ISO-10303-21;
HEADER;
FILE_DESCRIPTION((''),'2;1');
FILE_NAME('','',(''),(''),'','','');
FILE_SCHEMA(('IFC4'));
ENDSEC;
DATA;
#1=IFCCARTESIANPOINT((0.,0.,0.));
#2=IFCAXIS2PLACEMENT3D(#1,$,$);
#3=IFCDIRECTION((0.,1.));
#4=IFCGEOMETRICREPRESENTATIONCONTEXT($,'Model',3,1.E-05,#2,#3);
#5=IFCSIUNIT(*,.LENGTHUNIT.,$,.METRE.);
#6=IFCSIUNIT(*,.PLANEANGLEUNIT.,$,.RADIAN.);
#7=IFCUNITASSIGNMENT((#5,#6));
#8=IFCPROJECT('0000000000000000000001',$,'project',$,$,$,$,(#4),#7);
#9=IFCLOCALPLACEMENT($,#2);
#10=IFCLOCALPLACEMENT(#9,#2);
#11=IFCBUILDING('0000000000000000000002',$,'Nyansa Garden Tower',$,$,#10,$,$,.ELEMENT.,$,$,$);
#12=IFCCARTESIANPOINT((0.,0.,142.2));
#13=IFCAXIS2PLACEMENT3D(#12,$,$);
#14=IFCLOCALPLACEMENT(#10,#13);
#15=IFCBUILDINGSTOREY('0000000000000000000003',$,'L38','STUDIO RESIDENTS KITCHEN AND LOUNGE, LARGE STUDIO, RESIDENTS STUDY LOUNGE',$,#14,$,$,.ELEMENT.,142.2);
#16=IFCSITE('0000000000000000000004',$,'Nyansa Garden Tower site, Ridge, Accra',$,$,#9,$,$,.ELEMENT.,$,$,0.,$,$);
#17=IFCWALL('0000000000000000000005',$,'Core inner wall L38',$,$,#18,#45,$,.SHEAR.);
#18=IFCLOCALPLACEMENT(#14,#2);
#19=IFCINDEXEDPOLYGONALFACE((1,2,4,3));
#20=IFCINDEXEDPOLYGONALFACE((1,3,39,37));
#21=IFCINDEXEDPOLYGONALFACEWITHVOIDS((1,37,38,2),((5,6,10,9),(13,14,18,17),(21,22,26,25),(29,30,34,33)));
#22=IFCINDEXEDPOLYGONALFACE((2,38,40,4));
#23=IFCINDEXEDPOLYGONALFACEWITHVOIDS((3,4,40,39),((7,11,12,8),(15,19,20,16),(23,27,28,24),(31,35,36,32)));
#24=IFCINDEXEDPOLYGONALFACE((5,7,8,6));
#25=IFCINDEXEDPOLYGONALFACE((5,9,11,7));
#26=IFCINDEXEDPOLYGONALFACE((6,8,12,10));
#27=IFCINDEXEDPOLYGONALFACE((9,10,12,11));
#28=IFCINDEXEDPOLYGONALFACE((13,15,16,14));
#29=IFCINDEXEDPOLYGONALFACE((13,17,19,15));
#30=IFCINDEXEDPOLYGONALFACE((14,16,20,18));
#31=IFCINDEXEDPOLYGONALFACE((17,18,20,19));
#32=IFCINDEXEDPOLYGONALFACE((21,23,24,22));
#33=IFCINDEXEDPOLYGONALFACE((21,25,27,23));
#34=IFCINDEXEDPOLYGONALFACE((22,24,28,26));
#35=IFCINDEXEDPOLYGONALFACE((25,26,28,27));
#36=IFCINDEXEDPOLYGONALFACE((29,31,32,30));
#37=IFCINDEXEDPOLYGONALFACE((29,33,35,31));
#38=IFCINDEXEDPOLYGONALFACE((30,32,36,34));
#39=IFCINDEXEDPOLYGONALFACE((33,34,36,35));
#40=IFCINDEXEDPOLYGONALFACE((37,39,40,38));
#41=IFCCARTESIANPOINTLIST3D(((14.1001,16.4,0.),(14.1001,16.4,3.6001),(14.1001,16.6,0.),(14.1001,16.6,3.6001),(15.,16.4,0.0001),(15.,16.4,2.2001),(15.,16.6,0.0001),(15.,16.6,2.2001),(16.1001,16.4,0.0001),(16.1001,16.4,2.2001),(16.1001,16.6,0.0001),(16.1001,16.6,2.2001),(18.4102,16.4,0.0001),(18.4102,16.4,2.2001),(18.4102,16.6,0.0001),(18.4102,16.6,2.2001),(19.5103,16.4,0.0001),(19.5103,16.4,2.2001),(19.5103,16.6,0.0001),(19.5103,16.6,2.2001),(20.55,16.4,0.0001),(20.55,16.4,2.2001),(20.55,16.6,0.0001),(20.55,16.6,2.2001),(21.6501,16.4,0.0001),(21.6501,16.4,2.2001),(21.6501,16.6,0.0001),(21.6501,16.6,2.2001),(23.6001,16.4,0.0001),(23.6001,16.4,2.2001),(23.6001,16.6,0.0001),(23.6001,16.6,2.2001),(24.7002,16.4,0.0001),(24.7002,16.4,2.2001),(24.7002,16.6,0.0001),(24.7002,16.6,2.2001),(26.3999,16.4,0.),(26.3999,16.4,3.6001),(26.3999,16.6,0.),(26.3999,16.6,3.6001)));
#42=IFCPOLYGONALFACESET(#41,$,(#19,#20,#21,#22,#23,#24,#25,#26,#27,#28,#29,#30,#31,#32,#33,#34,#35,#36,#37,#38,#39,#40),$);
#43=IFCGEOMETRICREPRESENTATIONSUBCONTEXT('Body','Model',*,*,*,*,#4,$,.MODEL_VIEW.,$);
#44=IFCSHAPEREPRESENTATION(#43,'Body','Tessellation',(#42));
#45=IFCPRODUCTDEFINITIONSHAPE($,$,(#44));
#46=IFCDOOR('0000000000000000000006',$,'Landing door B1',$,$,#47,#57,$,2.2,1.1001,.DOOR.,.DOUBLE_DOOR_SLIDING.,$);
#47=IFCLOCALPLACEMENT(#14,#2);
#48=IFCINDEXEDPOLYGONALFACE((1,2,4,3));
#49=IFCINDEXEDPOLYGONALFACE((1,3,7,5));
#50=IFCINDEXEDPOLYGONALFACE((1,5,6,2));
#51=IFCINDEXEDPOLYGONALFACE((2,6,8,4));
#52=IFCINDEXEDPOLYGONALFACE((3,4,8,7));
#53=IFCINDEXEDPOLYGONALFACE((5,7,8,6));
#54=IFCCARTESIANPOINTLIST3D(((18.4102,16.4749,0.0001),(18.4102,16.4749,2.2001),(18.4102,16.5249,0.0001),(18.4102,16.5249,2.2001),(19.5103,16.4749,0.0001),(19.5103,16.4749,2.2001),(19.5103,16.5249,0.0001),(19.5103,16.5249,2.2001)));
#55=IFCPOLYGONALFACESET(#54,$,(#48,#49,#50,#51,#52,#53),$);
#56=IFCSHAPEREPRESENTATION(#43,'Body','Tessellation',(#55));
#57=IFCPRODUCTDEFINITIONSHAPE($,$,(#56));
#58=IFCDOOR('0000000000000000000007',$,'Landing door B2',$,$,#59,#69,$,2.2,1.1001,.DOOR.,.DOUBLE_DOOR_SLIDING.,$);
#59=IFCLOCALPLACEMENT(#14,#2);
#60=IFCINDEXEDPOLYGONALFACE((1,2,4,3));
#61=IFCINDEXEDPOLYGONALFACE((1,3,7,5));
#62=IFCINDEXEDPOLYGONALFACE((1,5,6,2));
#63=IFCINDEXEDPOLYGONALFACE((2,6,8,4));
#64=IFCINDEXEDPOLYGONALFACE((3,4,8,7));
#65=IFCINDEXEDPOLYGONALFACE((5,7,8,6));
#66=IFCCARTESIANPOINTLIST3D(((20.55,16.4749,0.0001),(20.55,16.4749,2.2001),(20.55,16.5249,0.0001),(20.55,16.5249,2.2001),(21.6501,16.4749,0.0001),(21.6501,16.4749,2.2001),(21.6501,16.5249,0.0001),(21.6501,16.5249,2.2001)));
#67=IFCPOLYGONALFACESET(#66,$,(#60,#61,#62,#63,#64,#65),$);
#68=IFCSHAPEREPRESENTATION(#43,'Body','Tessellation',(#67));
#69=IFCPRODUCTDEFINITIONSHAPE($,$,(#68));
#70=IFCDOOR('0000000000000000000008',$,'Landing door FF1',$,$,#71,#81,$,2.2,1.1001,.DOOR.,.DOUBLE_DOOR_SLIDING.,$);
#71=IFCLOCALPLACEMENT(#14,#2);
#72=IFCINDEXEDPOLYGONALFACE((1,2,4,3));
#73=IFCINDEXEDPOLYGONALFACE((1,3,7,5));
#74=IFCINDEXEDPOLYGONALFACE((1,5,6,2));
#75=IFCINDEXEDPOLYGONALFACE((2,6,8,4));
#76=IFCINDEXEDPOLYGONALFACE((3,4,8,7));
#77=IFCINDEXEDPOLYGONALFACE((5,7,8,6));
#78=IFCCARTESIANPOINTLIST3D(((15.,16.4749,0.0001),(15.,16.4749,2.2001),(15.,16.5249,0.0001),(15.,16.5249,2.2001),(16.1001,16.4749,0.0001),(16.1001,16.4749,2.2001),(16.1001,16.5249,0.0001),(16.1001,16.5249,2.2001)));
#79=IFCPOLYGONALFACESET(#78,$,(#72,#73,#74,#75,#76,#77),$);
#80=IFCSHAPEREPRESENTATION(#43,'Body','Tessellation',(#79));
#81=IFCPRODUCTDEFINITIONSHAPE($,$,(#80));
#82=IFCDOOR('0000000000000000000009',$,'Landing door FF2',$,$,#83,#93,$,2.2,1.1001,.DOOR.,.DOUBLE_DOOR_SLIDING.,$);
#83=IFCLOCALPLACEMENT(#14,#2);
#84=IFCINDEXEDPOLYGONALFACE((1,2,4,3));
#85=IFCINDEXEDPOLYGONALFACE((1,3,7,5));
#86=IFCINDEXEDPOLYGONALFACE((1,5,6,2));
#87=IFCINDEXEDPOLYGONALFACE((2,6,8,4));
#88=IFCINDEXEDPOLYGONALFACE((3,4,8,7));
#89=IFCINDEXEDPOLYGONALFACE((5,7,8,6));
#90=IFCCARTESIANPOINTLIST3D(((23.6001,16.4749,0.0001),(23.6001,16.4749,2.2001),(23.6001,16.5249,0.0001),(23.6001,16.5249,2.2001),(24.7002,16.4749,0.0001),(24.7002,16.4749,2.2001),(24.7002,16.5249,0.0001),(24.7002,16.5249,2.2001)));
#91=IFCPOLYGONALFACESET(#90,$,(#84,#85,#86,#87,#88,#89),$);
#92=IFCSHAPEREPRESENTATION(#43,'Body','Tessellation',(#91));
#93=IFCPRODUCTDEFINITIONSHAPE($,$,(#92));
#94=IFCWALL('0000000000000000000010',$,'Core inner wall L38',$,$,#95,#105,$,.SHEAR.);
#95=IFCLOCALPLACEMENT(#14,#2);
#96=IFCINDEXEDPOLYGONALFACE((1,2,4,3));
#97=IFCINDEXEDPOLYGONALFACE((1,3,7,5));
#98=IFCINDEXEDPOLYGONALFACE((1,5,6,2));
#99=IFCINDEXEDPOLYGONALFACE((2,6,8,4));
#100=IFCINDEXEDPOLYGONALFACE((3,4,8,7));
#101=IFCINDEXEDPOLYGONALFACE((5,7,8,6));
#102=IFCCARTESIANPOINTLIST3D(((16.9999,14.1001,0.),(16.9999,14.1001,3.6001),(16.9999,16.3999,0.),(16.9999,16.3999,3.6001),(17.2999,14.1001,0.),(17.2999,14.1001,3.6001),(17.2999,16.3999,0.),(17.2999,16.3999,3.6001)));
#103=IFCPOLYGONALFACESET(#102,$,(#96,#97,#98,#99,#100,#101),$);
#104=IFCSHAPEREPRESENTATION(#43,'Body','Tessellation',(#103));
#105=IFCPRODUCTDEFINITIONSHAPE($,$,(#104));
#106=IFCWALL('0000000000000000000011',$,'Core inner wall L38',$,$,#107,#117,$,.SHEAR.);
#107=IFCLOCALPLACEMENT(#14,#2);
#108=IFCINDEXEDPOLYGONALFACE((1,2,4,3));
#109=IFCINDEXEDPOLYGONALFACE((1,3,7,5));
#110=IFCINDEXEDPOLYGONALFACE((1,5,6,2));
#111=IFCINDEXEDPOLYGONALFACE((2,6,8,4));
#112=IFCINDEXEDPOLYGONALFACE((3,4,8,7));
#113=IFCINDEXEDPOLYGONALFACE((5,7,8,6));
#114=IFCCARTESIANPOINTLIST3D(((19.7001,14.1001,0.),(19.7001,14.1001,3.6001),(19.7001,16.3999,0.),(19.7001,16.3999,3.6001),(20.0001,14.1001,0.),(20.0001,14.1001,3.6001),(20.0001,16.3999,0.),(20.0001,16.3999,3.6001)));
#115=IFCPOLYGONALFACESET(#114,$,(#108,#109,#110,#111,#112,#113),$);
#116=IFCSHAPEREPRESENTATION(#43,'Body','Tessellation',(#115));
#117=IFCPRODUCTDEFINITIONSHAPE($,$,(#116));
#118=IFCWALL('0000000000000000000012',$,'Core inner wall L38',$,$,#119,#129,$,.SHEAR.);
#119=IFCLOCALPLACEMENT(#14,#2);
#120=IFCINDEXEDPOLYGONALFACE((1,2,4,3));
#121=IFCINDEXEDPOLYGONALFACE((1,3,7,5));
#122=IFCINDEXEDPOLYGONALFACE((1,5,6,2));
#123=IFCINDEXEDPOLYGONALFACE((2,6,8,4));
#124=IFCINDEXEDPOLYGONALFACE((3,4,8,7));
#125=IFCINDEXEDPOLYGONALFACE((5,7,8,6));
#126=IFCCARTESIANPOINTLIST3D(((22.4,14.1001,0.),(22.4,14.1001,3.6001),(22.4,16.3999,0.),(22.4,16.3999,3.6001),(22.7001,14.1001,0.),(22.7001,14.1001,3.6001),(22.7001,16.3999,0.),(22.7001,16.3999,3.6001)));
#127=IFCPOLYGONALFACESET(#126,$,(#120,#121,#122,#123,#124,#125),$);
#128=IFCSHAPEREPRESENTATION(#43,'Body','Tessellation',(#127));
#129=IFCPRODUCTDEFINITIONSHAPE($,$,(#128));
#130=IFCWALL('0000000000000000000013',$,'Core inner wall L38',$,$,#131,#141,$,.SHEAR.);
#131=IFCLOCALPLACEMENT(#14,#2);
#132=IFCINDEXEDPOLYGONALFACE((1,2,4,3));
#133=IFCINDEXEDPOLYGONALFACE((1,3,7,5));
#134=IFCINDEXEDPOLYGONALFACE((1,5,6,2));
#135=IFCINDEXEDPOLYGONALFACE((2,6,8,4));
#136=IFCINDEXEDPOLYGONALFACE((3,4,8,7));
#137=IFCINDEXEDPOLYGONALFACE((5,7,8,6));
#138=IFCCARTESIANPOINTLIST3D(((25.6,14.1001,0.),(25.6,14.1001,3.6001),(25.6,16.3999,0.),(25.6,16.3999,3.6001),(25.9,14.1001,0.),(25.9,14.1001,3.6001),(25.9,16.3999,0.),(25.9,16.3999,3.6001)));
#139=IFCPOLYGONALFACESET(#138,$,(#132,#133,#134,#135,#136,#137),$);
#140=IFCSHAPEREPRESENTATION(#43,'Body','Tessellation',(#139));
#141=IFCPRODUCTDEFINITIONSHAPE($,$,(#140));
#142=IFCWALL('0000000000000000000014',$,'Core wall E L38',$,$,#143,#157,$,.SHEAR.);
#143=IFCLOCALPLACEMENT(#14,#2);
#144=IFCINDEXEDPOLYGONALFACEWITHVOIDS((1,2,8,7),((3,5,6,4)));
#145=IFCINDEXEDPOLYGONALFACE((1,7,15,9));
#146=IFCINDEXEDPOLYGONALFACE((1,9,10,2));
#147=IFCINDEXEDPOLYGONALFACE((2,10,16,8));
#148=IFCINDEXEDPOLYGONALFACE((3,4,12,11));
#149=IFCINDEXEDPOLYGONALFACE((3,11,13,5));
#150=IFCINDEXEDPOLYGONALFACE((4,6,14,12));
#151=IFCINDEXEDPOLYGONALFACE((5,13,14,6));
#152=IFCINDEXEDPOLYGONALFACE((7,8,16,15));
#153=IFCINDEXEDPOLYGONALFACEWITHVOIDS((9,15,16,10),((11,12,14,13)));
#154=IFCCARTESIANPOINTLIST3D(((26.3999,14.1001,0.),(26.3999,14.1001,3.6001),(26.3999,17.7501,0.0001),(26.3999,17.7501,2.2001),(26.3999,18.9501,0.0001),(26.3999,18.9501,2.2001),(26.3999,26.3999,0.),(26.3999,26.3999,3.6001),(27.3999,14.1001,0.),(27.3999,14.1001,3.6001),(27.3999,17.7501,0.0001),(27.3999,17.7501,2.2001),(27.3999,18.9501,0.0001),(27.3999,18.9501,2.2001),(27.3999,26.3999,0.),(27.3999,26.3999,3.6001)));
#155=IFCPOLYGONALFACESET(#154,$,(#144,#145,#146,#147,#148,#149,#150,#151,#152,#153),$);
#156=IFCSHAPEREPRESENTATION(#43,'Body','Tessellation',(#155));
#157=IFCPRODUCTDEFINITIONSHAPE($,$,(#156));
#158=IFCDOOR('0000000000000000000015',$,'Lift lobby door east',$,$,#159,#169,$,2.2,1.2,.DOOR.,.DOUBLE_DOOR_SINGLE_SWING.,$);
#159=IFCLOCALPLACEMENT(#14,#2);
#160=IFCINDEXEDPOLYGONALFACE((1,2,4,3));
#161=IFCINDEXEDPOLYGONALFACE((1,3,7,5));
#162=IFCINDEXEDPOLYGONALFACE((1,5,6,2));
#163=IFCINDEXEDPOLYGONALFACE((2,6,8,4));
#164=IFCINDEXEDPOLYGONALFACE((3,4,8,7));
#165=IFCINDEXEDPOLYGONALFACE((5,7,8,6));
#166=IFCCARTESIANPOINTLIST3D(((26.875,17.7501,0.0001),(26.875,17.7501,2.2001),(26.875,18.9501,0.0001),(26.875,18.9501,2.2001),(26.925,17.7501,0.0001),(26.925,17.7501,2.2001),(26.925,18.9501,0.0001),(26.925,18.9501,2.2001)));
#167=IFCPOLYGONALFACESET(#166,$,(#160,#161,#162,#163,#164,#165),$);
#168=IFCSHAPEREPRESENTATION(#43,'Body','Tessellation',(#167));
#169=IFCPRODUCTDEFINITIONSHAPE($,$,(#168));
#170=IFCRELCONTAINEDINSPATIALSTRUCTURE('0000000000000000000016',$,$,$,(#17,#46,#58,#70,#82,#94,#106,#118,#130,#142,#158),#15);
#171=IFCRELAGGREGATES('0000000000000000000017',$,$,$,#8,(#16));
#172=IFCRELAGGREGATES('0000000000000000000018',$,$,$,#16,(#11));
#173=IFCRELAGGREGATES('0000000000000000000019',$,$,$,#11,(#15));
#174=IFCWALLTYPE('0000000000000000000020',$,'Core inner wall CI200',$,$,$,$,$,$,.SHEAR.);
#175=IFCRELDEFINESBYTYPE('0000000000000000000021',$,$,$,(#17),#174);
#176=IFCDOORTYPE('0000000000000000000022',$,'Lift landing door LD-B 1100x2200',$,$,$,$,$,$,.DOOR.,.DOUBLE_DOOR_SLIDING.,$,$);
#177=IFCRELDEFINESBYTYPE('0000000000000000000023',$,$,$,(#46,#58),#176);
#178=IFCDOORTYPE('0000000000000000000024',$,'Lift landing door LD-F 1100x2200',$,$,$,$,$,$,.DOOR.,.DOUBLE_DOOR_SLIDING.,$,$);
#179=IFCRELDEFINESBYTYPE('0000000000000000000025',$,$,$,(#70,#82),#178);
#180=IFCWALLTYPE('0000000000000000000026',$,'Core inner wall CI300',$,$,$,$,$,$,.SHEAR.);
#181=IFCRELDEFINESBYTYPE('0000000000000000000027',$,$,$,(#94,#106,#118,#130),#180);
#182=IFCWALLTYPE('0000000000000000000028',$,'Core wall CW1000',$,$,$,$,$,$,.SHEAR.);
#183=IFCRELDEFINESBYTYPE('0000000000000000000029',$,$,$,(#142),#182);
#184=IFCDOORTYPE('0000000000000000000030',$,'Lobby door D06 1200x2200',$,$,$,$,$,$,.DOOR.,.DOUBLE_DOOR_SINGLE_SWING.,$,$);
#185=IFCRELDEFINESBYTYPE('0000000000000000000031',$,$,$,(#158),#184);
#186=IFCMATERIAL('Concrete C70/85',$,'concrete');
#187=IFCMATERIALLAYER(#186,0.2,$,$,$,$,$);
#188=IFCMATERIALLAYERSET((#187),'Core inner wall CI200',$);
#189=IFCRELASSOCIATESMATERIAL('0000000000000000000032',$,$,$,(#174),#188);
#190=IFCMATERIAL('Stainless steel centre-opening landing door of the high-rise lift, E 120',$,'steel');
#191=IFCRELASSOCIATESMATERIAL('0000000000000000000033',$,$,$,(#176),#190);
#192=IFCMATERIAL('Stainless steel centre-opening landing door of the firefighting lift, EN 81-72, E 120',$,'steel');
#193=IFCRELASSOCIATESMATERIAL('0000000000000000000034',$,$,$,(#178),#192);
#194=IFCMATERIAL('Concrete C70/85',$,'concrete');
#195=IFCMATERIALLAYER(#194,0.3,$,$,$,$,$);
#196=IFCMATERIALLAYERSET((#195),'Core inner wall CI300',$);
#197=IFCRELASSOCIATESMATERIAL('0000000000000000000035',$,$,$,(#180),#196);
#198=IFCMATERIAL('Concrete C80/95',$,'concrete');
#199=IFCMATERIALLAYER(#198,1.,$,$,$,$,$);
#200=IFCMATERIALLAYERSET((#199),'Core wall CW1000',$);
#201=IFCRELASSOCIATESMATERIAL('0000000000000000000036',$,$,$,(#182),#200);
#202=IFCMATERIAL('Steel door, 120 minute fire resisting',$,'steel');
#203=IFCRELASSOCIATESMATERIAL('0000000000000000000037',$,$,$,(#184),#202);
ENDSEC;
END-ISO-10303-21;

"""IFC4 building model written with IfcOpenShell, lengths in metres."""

from ifc_helpers import new_model, si_unit, direction, frame, frame_2d, origin, place, context, subcontext, project, spatial, rectangle, extrude, material, layer, layer_set, type_object, element, fill, save


model = new_model("IFC4")

# Units and contexts
model_context = context("Model", 3, precision=1e-05, world=origin(), true_north=direction((0.0, 1.0)))
body_context = subcontext(model_context, "Body", "Model", "MODEL_VIEW")
ifc_project = project(units=[si_unit("LENGTHUNIT", "METRE"), si_unit("PLANEANGLEUNIT", "RADIAN")], contexts=[model_context])

# Site, building, storey
site_placement = place(None, origin())
site = spatial("IfcSite", under=ifc_project, at=site_placement, Name="Nyansa Garden Tower site, Ridge, Accra", CompositionType="ELEMENT", RefElevation=0.0)
building_placement = place(site_placement, origin())
building = spatial("IfcBuilding", under=site, at=building_placement, Name="Nyansa Garden Tower", CompositionType="ELEMENT")
storey_placement = place(building_placement, frame((0.0, 0.0, 142.2)))
storey = spatial("IfcBuildingStorey", under=building, at=storey_placement, Name="L38", Description="STUDIO RESIDENTS KITCHEN AND LOUNGE, LARGE STUDIO, RESIDENTS STUDY LOUNGE", CompositionType="ELEMENT", Elevation=142.2)

# Wall, openings, doors
ifc_material_1 = material(Name="Concrete C70/85", Category="concrete")
ifc_layer_1 = layer(ifc_material_1, 0.2)
ifc_layer_set_1 = layer_set([ifc_layer_1], Name="Core inner wall CI200")
wall_type_1 = type_object("IfcWallType", Name="Core inner wall CI200", PredefinedType="SHEAR", material=ifc_layer_set_1)
wall_1_placement = place(storey_placement, frame((14.1001, 16.5, 0.0), z_axis=(0.0, 0.0, 1.0), x_axis=(1.0, 0.0, 0.0)))
wall_1 = element("IfcWall", 1, at=wall_1_placement, inside=storey, type_object=wall_type_1, Name="Core inner wall L38", PredefinedType="SHEAR", context=body_context, shape_type="SweptSolid", body=[
    extrude(rectangle(XDim=12.2998, YDim=0.2, at=frame_2d((6.1499, 0.0))), origin(), (0.0, 0.0, 1.0), 3.6001),
])
opening_1_placement = place(wall_1_placement, frame((0.8999, 0.0, 0.0)))
opening_1 = element("IfcOpeningElement", 2, at=opening_1_placement, cuts=wall_1, PredefinedType="OPENING", context=body_context, shape_type="SweptSolid", body=[
    extrude(rectangle(XDim=1.1001, YDim=2.2, at=frame_2d((0.55, 1.1001))), frame((0.0, 0.1099, 0.0), z_axis=(0.0, -1.0, 0.0), x_axis=(1.0, 0.0, 0.0)), (0.0, 0.0, 1.0), 0.22),
])
opening_2_placement = place(wall_1_placement, frame((4.3101, 0.0, 0.0)))
opening_2 = element("IfcOpeningElement", 3, at=opening_2_placement, cuts=wall_1, PredefinedType="OPENING", context=body_context, shape_type="SweptSolid", body=[
    extrude(rectangle(XDim=1.1001, YDim=2.2, at=frame_2d((0.55, 1.1001))), frame((0.0, 0.1099, 0.0), z_axis=(0.0, -1.0, 0.0), x_axis=(1.0, 0.0, 0.0)), (0.0, 0.0, 1.0), 0.22),
])
opening_3_placement = place(wall_1_placement, frame((6.45, 0.0, 0.0)))
opening_3 = element("IfcOpeningElement", 4, at=opening_3_placement, cuts=wall_1, PredefinedType="OPENING", context=body_context, shape_type="SweptSolid", body=[
    extrude(rectangle(XDim=1.1001, YDim=2.2, at=frame_2d((0.55, 1.1001))), frame((0.0, 0.1099, 0.0), z_axis=(0.0, -1.0, 0.0), x_axis=(1.0, 0.0, 0.0)), (0.0, 0.0, 1.0), 0.22),
])
opening_4_placement = place(wall_1_placement, frame((9.5, 0.0, 0.0)))
opening_4 = element("IfcOpeningElement", 5, at=opening_4_placement, cuts=wall_1, PredefinedType="OPENING", context=body_context, shape_type="SweptSolid", body=[
    extrude(rectangle(XDim=1.1001, YDim=2.2, at=frame_2d((0.55, 1.1001))), frame((0.0, 0.1099, 0.0), z_axis=(0.0, -1.0, 0.0), x_axis=(1.0, 0.0, 0.0)), (0.0, 0.0, 1.0), 0.22),
])
ifc_material_2 = material(Name="Stainless steel centre-opening landing door of the high-rise lift, E 120", Category="steel")
door_type_1 = type_object("IfcDoorType", Name="Lift landing door LD-B 1100x2200", OperationType="DOUBLE_DOOR_SLIDING", PredefinedType="DOOR", material=ifc_material_2)
door_1_placement = place(opening_2_placement, origin())
door_1 = element("IfcDoor", 6, at=door_1_placement, inside=storey, type_object=door_type_1, Name="Landing door B1", OperationType="DOUBLE_DOOR_SLIDING", OverallHeight=2.2, OverallWidth=1.1001, PredefinedType="DOOR", context=body_context, shape_type="SweptSolid", body=[
    extrude(rectangle(XDim=1.1001, YDim=2.2, at=frame_2d((0.55, 1.1001))), frame((0.0, 0.0249, 0.0), z_axis=(0.0, -1.0, 0.0), x_axis=(1.0, 0.0, 0.0)), (0.0, 0.0, 1.0), 0.05),
])
fill(opening_2, door_1)
door_2_placement = place(opening_3_placement, origin())
door_2 = element("IfcDoor", 7, at=door_2_placement, inside=storey, type_object=door_type_1, Name="Landing door B2", OperationType="DOUBLE_DOOR_SLIDING", OverallHeight=2.2, OverallWidth=1.1001, PredefinedType="DOOR", context=body_context, shape_type="SweptSolid", body=[
    extrude(rectangle(XDim=1.1001, YDim=2.2, at=frame_2d((0.55, 1.1001))), frame((0.0, 0.0249, 0.0), z_axis=(0.0, -1.0, 0.0), x_axis=(1.0, 0.0, 0.0)), (0.0, 0.0, 1.0), 0.05),
])
fill(opening_3, door_2)
ifc_material_3 = material(Name="Stainless steel centre-opening landing door of the firefighting lift, EN 81-72, E 120", Category="steel")
door_type_2 = type_object("IfcDoorType", Name="Lift landing door LD-F 1100x2200", OperationType="DOUBLE_DOOR_SLIDING", PredefinedType="DOOR", material=ifc_material_3)
door_3_placement = place(opening_1_placement, origin())
door_3 = element("IfcDoor", 8, at=door_3_placement, inside=storey, type_object=door_type_2, Name="Landing door FF1", OperationType="DOUBLE_DOOR_SLIDING", OverallHeight=2.2, OverallWidth=1.1001, PredefinedType="DOOR", context=body_context, shape_type="SweptSolid", body=[
    extrude(rectangle(XDim=1.1001, YDim=2.2, at=frame_2d((0.55, 1.1001))), frame((0.0, 0.0249, 0.0), z_axis=(0.0, -1.0, 0.0), x_axis=(1.0, 0.0, 0.0)), (0.0, 0.0, 1.0), 0.05),
])
fill(opening_1, door_3)
door_4_placement = place(opening_4_placement, origin())
door_4 = element("IfcDoor", 9, at=door_4_placement, inside=storey, type_object=door_type_2, Name="Landing door FF2", OperationType="DOUBLE_DOOR_SLIDING", OverallHeight=2.2, OverallWidth=1.1001, PredefinedType="DOOR", context=body_context, shape_type="SweptSolid", body=[
    extrude(rectangle(XDim=1.1001, YDim=2.2, at=frame_2d((0.55, 1.1001))), frame((0.0, 0.0249, 0.0), z_axis=(0.0, -1.0, 0.0), x_axis=(1.0, 0.0, 0.0)), (0.0, 0.0, 1.0), 0.05),
])
fill(opening_4, door_4)

# Walls
ifc_material_4 = material(Name="Concrete C70/85", Category="concrete")
ifc_layer_2 = layer(ifc_material_4, 0.3)
ifc_layer_set_2 = layer_set([ifc_layer_2], Name="Core inner wall CI300")
wall_type_2 = type_object("IfcWallType", Name="Core inner wall CI300", PredefinedType="SHEAR", material=ifc_layer_set_2)
for number, where, z_axis, x_axis, name in (
    (10, (17.1499, 14.1001, 0.0), (0.0, 0.0, 1.0), (0.0, 1.0, 0.0), "Core inner wall L38"),
    (11, (19.8501, 14.1001, 0.0), (0.0, 0.0, 1.0), (0.0, 1.0, 0.0), "Core inner wall L38"),
    (12, (22.55, 14.1001, 0.0), (0.0, 0.0, 1.0), (0.0, 1.0, 0.0), "Core inner wall L38"),
    (13, (25.75, 14.1001, 0.0), (0.0, 0.0, 1.0), (0.0, 1.0, 0.0), "Core inner wall L38"),
):
    element("IfcWall", number, at=place(storey_placement, frame(where, z_axis=z_axis, x_axis=x_axis)), inside=storey, type_object=wall_type_2, Name=name, PredefinedType="SHEAR", context=body_context, shape_type="SweptSolid", body=[
        extrude(rectangle(XDim=2.2998, YDim=0.3, at=frame_2d((1.1499, 0.0))), origin(), (0.0, 0.0, 1.0), 3.6001),
    ])

# Wall, opening, door
ifc_material_5 = material(Name="Concrete C80/95", Category="concrete")
ifc_layer_3 = layer(ifc_material_5, 1.0)
ifc_layer_set_3 = layer_set([ifc_layer_3], Name="Core wall CW1000")
wall_type_3 = type_object("IfcWallType", Name="Core wall CW1000", PredefinedType="SHEAR", material=ifc_layer_set_3)
wall_2_placement = place(storey_placement, frame((26.8999, 14.1001, 0.0), z_axis=(0.0, 0.0, 1.0), x_axis=(0.0, 1.0, 0.0)))
wall_2 = element("IfcWall", 14, at=wall_2_placement, inside=storey, type_object=wall_type_3, Name="Core wall E L38", PredefinedType="SHEAR", context=body_context, shape_type="SweptSolid", body=[
    extrude(rectangle(XDim=12.2998, YDim=1.0, at=frame_2d((6.1499, 0.0))), origin(), (0.0, 0.0, 1.0), 3.6001),
])
opening_5_placement = place(wall_2_placement, frame((3.6499, 0.0, 0.0)))
opening_5 = element("IfcOpeningElement", 15, at=opening_5_placement, cuts=wall_2, PredefinedType="OPENING", context=body_context, shape_type="SweptSolid", body=[
    extrude(rectangle(XDim=1.2, YDim=2.2, at=frame_2d((0.6001, 1.1001))), frame((0.0, 0.51, 0.0), z_axis=(0.0, -1.0, 0.0), x_axis=(1.0, 0.0, 0.0)), (0.0, 0.0, 1.0), 1.02),
])
ifc_material_6 = material(Name="Steel door, 120 minute fire resisting", Category="steel")
door_type_3 = type_object("IfcDoorType", Name="Lobby door D06 1200x2200", OperationType="DOUBLE_DOOR_SINGLE_SWING", PredefinedType="DOOR", material=ifc_material_6)
door_5_placement = place(opening_5_placement, origin())
door_5 = element("IfcDoor", 16, at=door_5_placement, inside=storey, type_object=door_type_3, Name="Lift lobby door east", OperationType="DOUBLE_DOOR_SINGLE_SWING", OverallHeight=2.2, OverallWidth=1.2, PredefinedType="DOOR", context=body_context, shape_type="SweptSolid", body=[
    extrude(rectangle(XDim=1.2, YDim=2.2, at=frame_2d((0.6001, 1.1001))), frame((0.0, 0.0249, 0.0), z_axis=(0.0, -1.0, 0.0), x_axis=(1.0, 0.0, 0.0)), (0.0, 0.0, 1.0), 0.05),
])
fill(opening_5, door_5)

save(model, "model.ifc")
